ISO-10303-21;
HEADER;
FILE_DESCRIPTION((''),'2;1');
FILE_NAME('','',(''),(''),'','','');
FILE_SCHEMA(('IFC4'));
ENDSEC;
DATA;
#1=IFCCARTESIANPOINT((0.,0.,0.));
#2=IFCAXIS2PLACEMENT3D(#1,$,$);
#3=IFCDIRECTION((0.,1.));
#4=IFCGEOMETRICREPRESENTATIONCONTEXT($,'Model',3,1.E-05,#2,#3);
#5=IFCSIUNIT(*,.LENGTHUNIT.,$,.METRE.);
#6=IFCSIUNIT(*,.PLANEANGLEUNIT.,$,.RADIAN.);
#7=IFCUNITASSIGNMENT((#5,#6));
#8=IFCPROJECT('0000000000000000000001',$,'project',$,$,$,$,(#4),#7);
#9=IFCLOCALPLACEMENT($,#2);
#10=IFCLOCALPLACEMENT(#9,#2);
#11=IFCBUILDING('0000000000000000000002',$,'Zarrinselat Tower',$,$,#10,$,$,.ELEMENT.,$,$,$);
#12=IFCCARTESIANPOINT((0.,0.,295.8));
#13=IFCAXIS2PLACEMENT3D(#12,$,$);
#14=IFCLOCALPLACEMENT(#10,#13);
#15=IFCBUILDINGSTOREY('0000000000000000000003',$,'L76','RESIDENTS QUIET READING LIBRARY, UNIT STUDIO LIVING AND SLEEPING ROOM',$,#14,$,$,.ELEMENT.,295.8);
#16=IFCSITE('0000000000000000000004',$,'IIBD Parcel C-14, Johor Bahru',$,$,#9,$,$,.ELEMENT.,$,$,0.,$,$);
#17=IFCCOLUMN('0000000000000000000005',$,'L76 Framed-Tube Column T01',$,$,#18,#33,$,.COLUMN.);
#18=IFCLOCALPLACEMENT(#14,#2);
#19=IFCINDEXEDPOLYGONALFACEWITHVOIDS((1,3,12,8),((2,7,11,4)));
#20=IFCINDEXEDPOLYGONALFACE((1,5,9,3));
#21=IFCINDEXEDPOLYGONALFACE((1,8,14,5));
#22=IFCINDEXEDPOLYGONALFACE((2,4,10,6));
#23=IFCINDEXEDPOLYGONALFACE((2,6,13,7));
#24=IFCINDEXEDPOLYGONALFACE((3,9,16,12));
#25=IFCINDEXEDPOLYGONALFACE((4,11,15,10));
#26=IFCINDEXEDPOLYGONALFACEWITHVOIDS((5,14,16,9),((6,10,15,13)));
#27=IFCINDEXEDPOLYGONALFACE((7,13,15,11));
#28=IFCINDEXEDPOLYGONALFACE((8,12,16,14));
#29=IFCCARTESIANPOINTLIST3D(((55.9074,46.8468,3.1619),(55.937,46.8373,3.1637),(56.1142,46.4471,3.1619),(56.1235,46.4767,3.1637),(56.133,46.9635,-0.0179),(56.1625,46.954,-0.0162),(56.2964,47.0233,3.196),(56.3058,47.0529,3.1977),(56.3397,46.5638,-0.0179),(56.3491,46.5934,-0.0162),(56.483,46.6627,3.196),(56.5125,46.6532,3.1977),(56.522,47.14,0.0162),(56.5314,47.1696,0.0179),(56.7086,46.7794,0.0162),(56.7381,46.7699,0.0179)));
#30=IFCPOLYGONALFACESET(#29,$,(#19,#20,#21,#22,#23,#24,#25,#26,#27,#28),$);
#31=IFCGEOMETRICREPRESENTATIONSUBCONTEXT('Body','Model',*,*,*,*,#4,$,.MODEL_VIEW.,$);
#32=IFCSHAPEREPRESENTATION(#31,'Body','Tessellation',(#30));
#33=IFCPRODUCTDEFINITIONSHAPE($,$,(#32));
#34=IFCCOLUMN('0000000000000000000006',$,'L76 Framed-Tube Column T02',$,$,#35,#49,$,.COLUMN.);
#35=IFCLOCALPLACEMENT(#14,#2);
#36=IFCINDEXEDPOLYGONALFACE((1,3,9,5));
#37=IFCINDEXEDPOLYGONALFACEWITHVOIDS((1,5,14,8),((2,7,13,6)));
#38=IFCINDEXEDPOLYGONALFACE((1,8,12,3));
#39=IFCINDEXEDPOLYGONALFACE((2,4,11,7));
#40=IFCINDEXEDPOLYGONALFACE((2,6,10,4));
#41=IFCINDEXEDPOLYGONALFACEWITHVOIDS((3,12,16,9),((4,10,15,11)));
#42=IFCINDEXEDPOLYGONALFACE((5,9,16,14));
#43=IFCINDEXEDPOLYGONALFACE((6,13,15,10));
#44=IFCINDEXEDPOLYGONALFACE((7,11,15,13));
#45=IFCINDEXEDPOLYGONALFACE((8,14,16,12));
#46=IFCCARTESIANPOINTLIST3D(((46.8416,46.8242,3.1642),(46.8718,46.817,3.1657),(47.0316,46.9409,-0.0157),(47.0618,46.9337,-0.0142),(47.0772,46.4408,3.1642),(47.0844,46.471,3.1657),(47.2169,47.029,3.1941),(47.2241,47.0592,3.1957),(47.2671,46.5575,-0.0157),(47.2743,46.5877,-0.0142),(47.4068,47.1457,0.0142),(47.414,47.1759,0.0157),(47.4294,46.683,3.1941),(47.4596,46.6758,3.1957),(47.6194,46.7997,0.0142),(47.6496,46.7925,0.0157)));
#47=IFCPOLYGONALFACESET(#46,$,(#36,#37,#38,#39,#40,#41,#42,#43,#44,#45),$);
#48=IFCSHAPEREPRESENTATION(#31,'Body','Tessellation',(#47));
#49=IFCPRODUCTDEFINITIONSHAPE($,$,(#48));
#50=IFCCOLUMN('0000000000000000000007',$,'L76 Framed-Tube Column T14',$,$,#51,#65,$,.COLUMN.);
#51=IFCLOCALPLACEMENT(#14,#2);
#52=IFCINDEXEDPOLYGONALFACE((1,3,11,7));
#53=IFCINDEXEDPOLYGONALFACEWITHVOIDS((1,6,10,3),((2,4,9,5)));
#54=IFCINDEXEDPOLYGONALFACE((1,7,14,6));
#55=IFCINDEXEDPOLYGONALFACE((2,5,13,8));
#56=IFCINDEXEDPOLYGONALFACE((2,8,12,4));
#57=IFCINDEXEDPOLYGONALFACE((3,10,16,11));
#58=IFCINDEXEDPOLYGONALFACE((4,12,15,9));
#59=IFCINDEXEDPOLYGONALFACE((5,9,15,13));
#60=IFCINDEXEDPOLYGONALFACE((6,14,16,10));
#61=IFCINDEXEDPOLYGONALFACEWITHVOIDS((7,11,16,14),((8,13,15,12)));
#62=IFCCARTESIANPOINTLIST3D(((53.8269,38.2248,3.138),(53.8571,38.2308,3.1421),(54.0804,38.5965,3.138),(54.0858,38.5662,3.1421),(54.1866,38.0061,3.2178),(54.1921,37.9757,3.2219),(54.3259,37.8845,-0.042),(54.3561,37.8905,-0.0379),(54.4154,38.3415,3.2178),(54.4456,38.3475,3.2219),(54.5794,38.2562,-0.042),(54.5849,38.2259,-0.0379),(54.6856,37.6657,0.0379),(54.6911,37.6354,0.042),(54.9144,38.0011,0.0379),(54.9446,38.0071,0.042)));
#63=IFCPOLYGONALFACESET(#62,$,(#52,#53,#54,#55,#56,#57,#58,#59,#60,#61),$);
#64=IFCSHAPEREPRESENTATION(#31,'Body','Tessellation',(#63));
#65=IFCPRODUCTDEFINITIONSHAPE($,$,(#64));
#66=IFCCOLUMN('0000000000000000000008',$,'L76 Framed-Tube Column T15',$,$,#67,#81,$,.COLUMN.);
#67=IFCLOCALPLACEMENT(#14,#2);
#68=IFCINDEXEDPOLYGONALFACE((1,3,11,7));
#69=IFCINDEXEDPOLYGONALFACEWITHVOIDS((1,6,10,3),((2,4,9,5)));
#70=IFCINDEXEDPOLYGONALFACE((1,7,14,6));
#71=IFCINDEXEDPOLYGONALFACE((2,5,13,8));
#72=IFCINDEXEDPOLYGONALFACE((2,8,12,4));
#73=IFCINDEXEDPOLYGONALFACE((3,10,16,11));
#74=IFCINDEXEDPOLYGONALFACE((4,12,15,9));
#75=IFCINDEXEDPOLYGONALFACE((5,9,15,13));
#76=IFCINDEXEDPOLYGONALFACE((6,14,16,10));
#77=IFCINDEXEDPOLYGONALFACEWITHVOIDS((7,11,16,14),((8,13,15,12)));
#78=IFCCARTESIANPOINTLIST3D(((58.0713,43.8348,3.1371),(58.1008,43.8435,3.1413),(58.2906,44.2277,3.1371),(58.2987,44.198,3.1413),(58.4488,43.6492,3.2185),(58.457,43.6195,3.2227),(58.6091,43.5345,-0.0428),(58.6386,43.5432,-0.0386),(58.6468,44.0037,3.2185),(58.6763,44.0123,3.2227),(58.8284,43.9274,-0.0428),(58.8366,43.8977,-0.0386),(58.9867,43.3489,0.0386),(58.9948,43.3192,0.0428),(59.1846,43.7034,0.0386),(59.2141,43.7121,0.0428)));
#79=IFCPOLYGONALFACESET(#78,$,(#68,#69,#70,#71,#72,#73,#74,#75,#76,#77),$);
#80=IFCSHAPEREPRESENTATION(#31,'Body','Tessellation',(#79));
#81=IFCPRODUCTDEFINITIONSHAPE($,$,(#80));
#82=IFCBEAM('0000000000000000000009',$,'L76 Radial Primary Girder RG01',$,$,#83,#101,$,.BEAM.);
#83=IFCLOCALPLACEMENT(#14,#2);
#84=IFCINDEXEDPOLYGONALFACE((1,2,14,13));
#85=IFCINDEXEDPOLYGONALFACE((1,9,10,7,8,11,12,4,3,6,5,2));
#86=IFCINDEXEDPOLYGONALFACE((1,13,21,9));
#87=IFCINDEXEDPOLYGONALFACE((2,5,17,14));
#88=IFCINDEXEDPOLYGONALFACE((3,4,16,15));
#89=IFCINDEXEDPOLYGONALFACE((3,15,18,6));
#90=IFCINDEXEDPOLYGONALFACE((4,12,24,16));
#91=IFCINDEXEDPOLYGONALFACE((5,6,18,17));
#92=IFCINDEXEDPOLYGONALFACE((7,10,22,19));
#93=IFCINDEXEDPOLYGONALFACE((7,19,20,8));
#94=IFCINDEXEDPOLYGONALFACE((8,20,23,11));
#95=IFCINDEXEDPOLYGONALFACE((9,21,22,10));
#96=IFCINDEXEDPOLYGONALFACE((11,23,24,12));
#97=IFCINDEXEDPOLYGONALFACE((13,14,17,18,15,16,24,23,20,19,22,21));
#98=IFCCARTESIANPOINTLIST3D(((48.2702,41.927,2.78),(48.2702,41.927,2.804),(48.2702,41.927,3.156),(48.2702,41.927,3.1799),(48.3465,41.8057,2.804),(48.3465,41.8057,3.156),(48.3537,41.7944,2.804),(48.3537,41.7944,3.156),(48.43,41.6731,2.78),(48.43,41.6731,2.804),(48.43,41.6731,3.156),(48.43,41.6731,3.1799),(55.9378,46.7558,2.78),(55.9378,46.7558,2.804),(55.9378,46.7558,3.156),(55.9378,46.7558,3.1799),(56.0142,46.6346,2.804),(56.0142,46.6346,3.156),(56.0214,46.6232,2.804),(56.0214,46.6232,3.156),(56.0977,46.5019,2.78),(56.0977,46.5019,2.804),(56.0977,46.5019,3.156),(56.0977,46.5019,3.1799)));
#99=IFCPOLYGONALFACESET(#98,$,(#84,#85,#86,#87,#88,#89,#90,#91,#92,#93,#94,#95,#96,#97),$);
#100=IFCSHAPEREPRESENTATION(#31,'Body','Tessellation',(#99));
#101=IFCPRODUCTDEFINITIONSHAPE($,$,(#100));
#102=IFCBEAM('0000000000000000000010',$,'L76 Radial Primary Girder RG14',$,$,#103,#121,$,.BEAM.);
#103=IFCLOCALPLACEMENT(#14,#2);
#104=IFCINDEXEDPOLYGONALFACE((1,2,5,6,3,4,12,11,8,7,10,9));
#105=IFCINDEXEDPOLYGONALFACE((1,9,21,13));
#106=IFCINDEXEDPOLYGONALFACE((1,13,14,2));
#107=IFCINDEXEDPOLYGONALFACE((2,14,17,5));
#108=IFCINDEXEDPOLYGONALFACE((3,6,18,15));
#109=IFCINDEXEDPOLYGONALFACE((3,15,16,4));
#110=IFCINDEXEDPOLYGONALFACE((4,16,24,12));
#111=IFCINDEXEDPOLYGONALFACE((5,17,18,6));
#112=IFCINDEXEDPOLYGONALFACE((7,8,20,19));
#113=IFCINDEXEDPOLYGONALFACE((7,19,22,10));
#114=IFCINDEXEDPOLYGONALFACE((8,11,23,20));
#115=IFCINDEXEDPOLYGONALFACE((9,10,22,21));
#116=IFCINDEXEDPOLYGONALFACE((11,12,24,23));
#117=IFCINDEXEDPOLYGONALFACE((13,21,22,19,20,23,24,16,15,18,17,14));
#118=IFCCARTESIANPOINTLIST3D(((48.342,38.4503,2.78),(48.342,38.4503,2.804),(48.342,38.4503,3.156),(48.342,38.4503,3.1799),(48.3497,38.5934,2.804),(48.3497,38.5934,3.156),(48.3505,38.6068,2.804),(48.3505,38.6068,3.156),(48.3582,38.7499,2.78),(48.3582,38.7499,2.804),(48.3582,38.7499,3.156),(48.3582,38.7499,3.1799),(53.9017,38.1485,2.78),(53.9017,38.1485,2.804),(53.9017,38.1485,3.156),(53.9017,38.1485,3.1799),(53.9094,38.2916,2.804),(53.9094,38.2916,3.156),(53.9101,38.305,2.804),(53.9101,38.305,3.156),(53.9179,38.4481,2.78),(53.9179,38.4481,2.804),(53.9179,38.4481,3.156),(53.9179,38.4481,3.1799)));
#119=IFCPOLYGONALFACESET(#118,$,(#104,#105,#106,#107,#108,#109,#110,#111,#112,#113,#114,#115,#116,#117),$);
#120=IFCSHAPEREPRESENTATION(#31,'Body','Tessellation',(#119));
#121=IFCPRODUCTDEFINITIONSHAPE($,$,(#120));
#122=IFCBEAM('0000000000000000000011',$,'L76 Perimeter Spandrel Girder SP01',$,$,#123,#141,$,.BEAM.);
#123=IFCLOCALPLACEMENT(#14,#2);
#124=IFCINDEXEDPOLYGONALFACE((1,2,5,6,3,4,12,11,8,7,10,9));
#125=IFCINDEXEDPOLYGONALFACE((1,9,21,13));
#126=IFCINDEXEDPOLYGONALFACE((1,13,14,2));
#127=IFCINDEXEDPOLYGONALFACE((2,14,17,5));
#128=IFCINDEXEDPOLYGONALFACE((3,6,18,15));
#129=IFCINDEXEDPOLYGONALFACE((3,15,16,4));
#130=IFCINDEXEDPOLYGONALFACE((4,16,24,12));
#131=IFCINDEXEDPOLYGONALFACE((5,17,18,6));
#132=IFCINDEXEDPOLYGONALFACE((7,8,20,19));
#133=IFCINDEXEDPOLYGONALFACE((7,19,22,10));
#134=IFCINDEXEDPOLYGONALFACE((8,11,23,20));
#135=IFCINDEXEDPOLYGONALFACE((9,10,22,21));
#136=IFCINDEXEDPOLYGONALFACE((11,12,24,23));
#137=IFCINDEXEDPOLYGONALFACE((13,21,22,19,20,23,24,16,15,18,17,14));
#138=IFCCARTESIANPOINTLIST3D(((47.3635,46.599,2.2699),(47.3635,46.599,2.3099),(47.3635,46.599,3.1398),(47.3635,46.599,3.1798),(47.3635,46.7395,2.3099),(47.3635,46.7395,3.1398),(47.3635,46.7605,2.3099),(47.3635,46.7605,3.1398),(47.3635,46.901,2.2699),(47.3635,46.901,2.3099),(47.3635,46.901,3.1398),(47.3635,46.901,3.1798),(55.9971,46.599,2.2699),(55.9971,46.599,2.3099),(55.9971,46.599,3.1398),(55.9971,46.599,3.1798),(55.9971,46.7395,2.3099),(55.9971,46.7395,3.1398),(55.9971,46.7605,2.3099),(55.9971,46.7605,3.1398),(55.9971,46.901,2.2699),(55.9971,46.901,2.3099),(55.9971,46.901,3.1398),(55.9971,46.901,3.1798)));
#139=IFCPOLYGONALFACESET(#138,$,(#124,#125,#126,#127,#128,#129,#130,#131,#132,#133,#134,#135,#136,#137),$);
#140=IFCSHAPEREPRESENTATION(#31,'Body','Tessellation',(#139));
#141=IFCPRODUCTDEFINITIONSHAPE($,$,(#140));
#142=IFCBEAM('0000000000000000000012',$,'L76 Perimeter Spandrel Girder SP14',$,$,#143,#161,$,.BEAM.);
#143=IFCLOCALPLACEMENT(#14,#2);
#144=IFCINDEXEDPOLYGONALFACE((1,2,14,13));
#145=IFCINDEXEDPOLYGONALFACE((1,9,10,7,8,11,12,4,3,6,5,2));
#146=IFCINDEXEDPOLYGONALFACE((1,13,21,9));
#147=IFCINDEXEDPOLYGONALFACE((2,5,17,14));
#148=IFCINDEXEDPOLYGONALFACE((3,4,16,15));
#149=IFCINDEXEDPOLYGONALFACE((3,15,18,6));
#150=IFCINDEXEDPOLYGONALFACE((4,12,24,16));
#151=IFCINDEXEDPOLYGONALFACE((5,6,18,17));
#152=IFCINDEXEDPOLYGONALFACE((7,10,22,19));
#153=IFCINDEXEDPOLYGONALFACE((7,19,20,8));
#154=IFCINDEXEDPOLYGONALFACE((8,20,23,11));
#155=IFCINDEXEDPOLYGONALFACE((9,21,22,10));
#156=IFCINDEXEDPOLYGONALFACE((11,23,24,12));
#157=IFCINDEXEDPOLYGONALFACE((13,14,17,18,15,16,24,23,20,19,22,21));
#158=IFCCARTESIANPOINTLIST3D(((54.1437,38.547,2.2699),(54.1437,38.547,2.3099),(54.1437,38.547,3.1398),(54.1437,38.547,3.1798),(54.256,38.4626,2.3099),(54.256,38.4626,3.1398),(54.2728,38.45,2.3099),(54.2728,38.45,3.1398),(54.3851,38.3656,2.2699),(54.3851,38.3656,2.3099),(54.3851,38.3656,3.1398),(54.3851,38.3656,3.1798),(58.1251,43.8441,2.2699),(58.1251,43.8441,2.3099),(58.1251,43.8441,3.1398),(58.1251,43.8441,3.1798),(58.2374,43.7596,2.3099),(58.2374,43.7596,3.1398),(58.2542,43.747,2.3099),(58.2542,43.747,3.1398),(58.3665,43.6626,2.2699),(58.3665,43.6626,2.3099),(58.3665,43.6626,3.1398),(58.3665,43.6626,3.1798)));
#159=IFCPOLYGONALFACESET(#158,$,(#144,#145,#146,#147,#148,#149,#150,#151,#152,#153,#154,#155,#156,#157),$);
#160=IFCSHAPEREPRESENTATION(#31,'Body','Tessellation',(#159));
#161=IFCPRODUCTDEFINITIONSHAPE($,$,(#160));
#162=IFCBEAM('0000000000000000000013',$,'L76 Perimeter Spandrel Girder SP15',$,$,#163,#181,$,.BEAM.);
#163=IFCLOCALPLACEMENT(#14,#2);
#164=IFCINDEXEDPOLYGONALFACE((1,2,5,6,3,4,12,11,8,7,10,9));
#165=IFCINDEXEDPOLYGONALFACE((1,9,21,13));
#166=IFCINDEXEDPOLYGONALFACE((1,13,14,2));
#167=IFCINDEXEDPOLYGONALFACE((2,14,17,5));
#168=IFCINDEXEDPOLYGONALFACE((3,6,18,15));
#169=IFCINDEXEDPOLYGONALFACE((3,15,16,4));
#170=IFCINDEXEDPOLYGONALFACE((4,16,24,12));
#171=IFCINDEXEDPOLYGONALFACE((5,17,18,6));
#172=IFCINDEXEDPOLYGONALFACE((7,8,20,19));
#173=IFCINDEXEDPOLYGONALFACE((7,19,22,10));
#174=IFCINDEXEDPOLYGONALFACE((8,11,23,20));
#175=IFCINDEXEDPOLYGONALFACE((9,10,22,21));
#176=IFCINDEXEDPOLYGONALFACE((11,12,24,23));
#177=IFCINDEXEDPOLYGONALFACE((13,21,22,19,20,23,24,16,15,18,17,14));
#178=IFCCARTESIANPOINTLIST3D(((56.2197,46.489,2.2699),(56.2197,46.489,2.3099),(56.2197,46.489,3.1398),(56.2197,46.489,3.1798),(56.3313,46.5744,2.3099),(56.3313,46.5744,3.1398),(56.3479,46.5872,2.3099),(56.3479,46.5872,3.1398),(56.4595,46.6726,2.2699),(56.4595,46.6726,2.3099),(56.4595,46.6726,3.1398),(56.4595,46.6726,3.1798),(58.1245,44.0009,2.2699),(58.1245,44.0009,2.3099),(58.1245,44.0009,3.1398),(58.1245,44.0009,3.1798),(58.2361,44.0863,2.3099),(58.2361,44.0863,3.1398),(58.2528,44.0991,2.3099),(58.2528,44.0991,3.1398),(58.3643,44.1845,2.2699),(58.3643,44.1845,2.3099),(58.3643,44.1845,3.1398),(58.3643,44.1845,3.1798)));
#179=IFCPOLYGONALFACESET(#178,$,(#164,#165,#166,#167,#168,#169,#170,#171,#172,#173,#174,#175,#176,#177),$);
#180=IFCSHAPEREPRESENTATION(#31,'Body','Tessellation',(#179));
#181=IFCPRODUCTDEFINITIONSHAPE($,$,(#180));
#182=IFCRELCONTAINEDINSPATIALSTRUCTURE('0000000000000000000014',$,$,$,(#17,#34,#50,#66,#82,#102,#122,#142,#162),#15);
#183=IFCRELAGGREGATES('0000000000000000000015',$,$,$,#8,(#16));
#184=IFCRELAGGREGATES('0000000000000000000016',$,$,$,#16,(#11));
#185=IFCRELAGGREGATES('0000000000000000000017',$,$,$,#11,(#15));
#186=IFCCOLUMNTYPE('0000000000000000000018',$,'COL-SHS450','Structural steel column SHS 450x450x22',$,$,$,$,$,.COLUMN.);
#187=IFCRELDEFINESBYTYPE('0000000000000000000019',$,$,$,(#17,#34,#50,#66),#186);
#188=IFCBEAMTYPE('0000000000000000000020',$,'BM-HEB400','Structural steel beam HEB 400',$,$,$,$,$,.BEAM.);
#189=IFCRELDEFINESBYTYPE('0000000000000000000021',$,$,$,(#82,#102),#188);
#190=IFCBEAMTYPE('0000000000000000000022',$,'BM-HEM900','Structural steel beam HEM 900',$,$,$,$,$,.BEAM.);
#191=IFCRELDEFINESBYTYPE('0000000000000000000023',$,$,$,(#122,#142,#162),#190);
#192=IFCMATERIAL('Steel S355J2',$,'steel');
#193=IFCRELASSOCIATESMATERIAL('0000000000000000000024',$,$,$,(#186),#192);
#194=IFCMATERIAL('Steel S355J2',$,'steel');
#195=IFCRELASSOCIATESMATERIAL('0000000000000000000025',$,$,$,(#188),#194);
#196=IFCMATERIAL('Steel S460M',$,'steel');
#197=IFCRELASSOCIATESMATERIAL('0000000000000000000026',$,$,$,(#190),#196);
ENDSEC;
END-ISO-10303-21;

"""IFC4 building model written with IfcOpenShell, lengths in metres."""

from ifc_helpers import new_model, si_unit, direction, frame, origin, origin_2d, place, context, subcontext, project, spatial, hollow_rectangle, i_section, extrude, material, material_profile, profile_set, type_object, element, save


model = new_model("IFC4")

# Units and contexts
model_context = context("Model", 3, precision=1e-05, world=origin(), true_north=direction((0.0, 1.0)))
body_context = subcontext(model_context, "Body", "Model", "MODEL_VIEW")
ifc_project = project(units=[si_unit("LENGTHUNIT", "METRE"), si_unit("PLANEANGLEUNIT", "RADIAN")], contexts=[model_context])

# Site, building, storey
site_placement = place(None, origin())
site = spatial("IfcSite", under=ifc_project, at=site_placement, Name="IIBD Parcel C-14, Johor Bahru", CompositionType="ELEMENT", RefElevation=0.0)
building_placement = place(site_placement, origin())
building = spatial("IfcBuilding", under=site, at=building_placement, Name="Zarrinselat Tower", CompositionType="ELEMENT")
storey_placement = place(building_placement, frame((0.0, 0.0, 295.8)))
storey = spatial("IfcBuildingStorey", under=building, at=storey_placement, Name="L76", Description="RESIDENTS QUIET READING LIBRARY, UNIT STUDIO LIVING AND SLEEPING ROOM", CompositionType="ELEMENT", Elevation=295.8)

# Columns
ifc_material_1 = material(Name="Steel S355J2", Category="steel")
ifc_material_profile_1 = material_profile(ifc_material_1, hollow_rectangle(XDim=0.45, YDim=0.45, WallThickness=0.022, at=origin_2d()), Name="SHS 450x450x22")
ifc_profile_set_1 = profile_set([ifc_material_profile_1], Name="Steel S355J2")
column_type = type_object("IfcColumnType", Name="COL-SHS450", Description="Structural steel column SHS 450x450x22", PredefinedType="COLUMN", material=ifc_profile_set_1)
column_1_placement = place(storey_placement, frame((56.4355, 46.8667, 0.0), z_axis=(-0.070715, -0.036582, 0.996826), x_axis=(0.459475, -0.888191, 0.0)))
element("IfcColumn", 1, at=column_1_placement, inside=storey, type_object=column_type, Name="L76 Framed-Tube Column T01", PredefinedType="COLUMN", context=body_context, shape_type="SweptSolid", body=[
    extrude(hollow_rectangle(XDim=0.45, YDim=0.45, WallThickness=0.022, at=origin_2d()), origin(), (0.0, 0.0, 1.0), 3.1899),
])
column_2_placement = place(storey_placement, frame((47.3406, 46.8667, 0.0), z_axis=(-0.059585, -0.036609, 0.997552), x_axis=(0.523486, -0.852034, 0.0)))
element("IfcColumn", 2, at=column_2_placement, inside=storey, type_object=column_type, Name="L76 Framed-Tube Column T02", PredefinedType="COLUMN", context=body_context, shape_type="SweptSolid", body=[
    extrude(hollow_rectangle(XDim=0.45, YDim=0.45, WallThickness=0.022, at=origin_2d()), origin(), (0.0, 0.0, 1.0), 3.1877),
])
column_3_placement = place(storey_placement, frame((54.6353, 37.9458, 0.0), z_axis=(-0.154172, 0.105145, 0.982433), x_axis=(-0.563437, -0.826159, 0.0)))
element("IfcColumn", 3, at=column_3_placement, inside=storey, type_object=column_type, Name="L76 Framed-Tube Column T14", PredefinedType="COLUMN", context=body_context, shape_type="SweptSolid", body=[
    extrude(hollow_rectangle(XDim=0.45, YDim=0.45, WallThickness=0.022, at=origin_2d()), origin(), (0.0, 0.0, 1.0), 3.2368),
])
column_4_placement = place(storey_placement, frame((58.9116, 43.6233, 0.0), z_axis=(-0.166049, 0.09271, 0.98175), x_axis=(-0.487493, -0.873127, 0.0)))
element("IfcColumn", 4, at=column_4_placement, inside=storey, type_object=column_type, Name="L76 Framed-Tube Column T15", PredefinedType="COLUMN", context=body_context, shape_type="SweptSolid", body=[
    extrude(hollow_rectangle(XDim=0.45, YDim=0.45, WallThickness=0.022, at=origin_2d()), origin(), (0.0, 0.0, 1.0), 3.239),
])

# Beams
ifc_material_2 = material(Name="Steel S355J2", Category="steel")
ifc_material_profile_2 = material_profile(ifc_material_2, i_section(OverallWidth=0.3, OverallDepth=0.3999, WebThickness=0.0134, FlangeThickness=0.0239, at=origin_2d()), Name="HEB 400")
ifc_profile_set_2 = profile_set([ifc_material_profile_2], Name="Steel S355J2")
beam_type_1 = type_object("IfcBeamType", Name="BM-HEB400", Description="Structural steel beam HEB 400", PredefinedType="BEAM", material=ifc_profile_set_2)
beam_1_placement = place(storey_placement, frame((48.3501, 41.8, 2.98), z_axis=(0.846182, 0.532895, 0.0), x_axis=(-0.532895, 0.846182, 0.0)))
element("IfcBeam", 5, at=beam_1_placement, inside=storey, type_object=beam_type_1, Name="L76 Radial Primary Girder RG01", PredefinedType="BEAM", context=body_context, shape_type="SweptSolid", body=[
    extrude(i_section(OverallWidth=0.3, OverallDepth=0.3999, WebThickness=0.0134, FlangeThickness=0.0239, at=origin_2d()), origin(), (0.0, 0.0, 1.0), 9.0615),
])
beam_2_placement = place(storey_placement, frame((48.3501, 38.6001, 2.98), z_axis=(0.99853, -0.054197, 0.0), x_axis=(0.054197, 0.99853, 0.0)))
element("IfcBeam", 6, at=beam_2_placement, inside=storey, type_object=beam_type_1, Name="L76 Radial Primary Girder RG14", PredefinedType="BEAM", context=body_context, shape_type="SweptSolid", body=[
    extrude(i_section(OverallWidth=0.3, OverallDepth=0.3999, WebThickness=0.0134, FlangeThickness=0.0239, at=origin_2d()), origin(), (0.0, 0.0, 1.0), 5.5679),
])
ifc_material_3 = material(Name="Steel S460M", Category="steel")
ifc_material_profile_3 = material_profile(ifc_material_3, i_section(OverallWidth=0.302, OverallDepth=0.9099, WebThickness=0.021, FlangeThickness=0.04, at=origin_2d()), Name="HEM 900")
ifc_profile_set_3 = profile_set([ifc_material_profile_3], Name="Steel S460M")
beam_type_2 = type_object("IfcBeamType", Name="BM-HEM900", Description="Structural steel beam HEM 900", PredefinedType="BEAM", material=ifc_profile_set_3)
beam_3_placement = place(storey_placement, frame((47.3635, 46.75, 2.7249), z_axis=(1.0, 0.0, 0.0), x_axis=(0.0, 1.0, 0.0)))
element("IfcBeam", 7, at=beam_3_placement, inside=storey, type_object=beam_type_2, Name="L76 Perimeter Spandrel Girder SP01", PredefinedType="BEAM", context=body_context, shape_type="SweptSolid", body=[
    extrude(i_section(OverallWidth=0.302, OverallDepth=0.9099, WebThickness=0.021, FlangeThickness=0.04, at=origin_2d()), origin(), (0.0, 0.0, 1.0), 8.6335),
])
beam_4_placement = place(storey_placement, frame((54.2644, 38.4563, 2.7249), z_axis=(0.600831, 0.799376, 0.0), x_axis=(-0.799376, 0.600831, 0.0)))
element("IfcBeam", 8, at=beam_4_placement, inside=storey, type_object=beam_type_2, Name="L76 Perimeter Spandrel Girder SP14", PredefinedType="BEAM", context=body_context, shape_type="SweptSolid", body=[
    extrude(i_section(OverallWidth=0.302, OverallDepth=0.9099, WebThickness=0.021, FlangeThickness=0.04, at=origin_2d()), origin(), (0.0, 0.0, 1.0), 6.6265),
])
beam_5_placement = place(storey_placement, frame((56.3396, 46.5808, 2.7249), z_axis=(0.607887, -0.794024, 0.0), x_axis=(0.794024, 0.607887, 0.0)))
element("IfcBeam", 9, at=beam_5_placement, inside=storey, type_object=beam_type_2, Name="L76 Perimeter Spandrel Girder SP15", PredefinedType="BEAM", context=body_context, shape_type="SweptSolid", body=[
    extrude(i_section(OverallWidth=0.302, OverallDepth=0.9099, WebThickness=0.021, FlangeThickness=0.04, at=origin_2d()), origin(), (0.0, 0.0, 1.0), 3.1335),
])

save(model, "model.ifc")
